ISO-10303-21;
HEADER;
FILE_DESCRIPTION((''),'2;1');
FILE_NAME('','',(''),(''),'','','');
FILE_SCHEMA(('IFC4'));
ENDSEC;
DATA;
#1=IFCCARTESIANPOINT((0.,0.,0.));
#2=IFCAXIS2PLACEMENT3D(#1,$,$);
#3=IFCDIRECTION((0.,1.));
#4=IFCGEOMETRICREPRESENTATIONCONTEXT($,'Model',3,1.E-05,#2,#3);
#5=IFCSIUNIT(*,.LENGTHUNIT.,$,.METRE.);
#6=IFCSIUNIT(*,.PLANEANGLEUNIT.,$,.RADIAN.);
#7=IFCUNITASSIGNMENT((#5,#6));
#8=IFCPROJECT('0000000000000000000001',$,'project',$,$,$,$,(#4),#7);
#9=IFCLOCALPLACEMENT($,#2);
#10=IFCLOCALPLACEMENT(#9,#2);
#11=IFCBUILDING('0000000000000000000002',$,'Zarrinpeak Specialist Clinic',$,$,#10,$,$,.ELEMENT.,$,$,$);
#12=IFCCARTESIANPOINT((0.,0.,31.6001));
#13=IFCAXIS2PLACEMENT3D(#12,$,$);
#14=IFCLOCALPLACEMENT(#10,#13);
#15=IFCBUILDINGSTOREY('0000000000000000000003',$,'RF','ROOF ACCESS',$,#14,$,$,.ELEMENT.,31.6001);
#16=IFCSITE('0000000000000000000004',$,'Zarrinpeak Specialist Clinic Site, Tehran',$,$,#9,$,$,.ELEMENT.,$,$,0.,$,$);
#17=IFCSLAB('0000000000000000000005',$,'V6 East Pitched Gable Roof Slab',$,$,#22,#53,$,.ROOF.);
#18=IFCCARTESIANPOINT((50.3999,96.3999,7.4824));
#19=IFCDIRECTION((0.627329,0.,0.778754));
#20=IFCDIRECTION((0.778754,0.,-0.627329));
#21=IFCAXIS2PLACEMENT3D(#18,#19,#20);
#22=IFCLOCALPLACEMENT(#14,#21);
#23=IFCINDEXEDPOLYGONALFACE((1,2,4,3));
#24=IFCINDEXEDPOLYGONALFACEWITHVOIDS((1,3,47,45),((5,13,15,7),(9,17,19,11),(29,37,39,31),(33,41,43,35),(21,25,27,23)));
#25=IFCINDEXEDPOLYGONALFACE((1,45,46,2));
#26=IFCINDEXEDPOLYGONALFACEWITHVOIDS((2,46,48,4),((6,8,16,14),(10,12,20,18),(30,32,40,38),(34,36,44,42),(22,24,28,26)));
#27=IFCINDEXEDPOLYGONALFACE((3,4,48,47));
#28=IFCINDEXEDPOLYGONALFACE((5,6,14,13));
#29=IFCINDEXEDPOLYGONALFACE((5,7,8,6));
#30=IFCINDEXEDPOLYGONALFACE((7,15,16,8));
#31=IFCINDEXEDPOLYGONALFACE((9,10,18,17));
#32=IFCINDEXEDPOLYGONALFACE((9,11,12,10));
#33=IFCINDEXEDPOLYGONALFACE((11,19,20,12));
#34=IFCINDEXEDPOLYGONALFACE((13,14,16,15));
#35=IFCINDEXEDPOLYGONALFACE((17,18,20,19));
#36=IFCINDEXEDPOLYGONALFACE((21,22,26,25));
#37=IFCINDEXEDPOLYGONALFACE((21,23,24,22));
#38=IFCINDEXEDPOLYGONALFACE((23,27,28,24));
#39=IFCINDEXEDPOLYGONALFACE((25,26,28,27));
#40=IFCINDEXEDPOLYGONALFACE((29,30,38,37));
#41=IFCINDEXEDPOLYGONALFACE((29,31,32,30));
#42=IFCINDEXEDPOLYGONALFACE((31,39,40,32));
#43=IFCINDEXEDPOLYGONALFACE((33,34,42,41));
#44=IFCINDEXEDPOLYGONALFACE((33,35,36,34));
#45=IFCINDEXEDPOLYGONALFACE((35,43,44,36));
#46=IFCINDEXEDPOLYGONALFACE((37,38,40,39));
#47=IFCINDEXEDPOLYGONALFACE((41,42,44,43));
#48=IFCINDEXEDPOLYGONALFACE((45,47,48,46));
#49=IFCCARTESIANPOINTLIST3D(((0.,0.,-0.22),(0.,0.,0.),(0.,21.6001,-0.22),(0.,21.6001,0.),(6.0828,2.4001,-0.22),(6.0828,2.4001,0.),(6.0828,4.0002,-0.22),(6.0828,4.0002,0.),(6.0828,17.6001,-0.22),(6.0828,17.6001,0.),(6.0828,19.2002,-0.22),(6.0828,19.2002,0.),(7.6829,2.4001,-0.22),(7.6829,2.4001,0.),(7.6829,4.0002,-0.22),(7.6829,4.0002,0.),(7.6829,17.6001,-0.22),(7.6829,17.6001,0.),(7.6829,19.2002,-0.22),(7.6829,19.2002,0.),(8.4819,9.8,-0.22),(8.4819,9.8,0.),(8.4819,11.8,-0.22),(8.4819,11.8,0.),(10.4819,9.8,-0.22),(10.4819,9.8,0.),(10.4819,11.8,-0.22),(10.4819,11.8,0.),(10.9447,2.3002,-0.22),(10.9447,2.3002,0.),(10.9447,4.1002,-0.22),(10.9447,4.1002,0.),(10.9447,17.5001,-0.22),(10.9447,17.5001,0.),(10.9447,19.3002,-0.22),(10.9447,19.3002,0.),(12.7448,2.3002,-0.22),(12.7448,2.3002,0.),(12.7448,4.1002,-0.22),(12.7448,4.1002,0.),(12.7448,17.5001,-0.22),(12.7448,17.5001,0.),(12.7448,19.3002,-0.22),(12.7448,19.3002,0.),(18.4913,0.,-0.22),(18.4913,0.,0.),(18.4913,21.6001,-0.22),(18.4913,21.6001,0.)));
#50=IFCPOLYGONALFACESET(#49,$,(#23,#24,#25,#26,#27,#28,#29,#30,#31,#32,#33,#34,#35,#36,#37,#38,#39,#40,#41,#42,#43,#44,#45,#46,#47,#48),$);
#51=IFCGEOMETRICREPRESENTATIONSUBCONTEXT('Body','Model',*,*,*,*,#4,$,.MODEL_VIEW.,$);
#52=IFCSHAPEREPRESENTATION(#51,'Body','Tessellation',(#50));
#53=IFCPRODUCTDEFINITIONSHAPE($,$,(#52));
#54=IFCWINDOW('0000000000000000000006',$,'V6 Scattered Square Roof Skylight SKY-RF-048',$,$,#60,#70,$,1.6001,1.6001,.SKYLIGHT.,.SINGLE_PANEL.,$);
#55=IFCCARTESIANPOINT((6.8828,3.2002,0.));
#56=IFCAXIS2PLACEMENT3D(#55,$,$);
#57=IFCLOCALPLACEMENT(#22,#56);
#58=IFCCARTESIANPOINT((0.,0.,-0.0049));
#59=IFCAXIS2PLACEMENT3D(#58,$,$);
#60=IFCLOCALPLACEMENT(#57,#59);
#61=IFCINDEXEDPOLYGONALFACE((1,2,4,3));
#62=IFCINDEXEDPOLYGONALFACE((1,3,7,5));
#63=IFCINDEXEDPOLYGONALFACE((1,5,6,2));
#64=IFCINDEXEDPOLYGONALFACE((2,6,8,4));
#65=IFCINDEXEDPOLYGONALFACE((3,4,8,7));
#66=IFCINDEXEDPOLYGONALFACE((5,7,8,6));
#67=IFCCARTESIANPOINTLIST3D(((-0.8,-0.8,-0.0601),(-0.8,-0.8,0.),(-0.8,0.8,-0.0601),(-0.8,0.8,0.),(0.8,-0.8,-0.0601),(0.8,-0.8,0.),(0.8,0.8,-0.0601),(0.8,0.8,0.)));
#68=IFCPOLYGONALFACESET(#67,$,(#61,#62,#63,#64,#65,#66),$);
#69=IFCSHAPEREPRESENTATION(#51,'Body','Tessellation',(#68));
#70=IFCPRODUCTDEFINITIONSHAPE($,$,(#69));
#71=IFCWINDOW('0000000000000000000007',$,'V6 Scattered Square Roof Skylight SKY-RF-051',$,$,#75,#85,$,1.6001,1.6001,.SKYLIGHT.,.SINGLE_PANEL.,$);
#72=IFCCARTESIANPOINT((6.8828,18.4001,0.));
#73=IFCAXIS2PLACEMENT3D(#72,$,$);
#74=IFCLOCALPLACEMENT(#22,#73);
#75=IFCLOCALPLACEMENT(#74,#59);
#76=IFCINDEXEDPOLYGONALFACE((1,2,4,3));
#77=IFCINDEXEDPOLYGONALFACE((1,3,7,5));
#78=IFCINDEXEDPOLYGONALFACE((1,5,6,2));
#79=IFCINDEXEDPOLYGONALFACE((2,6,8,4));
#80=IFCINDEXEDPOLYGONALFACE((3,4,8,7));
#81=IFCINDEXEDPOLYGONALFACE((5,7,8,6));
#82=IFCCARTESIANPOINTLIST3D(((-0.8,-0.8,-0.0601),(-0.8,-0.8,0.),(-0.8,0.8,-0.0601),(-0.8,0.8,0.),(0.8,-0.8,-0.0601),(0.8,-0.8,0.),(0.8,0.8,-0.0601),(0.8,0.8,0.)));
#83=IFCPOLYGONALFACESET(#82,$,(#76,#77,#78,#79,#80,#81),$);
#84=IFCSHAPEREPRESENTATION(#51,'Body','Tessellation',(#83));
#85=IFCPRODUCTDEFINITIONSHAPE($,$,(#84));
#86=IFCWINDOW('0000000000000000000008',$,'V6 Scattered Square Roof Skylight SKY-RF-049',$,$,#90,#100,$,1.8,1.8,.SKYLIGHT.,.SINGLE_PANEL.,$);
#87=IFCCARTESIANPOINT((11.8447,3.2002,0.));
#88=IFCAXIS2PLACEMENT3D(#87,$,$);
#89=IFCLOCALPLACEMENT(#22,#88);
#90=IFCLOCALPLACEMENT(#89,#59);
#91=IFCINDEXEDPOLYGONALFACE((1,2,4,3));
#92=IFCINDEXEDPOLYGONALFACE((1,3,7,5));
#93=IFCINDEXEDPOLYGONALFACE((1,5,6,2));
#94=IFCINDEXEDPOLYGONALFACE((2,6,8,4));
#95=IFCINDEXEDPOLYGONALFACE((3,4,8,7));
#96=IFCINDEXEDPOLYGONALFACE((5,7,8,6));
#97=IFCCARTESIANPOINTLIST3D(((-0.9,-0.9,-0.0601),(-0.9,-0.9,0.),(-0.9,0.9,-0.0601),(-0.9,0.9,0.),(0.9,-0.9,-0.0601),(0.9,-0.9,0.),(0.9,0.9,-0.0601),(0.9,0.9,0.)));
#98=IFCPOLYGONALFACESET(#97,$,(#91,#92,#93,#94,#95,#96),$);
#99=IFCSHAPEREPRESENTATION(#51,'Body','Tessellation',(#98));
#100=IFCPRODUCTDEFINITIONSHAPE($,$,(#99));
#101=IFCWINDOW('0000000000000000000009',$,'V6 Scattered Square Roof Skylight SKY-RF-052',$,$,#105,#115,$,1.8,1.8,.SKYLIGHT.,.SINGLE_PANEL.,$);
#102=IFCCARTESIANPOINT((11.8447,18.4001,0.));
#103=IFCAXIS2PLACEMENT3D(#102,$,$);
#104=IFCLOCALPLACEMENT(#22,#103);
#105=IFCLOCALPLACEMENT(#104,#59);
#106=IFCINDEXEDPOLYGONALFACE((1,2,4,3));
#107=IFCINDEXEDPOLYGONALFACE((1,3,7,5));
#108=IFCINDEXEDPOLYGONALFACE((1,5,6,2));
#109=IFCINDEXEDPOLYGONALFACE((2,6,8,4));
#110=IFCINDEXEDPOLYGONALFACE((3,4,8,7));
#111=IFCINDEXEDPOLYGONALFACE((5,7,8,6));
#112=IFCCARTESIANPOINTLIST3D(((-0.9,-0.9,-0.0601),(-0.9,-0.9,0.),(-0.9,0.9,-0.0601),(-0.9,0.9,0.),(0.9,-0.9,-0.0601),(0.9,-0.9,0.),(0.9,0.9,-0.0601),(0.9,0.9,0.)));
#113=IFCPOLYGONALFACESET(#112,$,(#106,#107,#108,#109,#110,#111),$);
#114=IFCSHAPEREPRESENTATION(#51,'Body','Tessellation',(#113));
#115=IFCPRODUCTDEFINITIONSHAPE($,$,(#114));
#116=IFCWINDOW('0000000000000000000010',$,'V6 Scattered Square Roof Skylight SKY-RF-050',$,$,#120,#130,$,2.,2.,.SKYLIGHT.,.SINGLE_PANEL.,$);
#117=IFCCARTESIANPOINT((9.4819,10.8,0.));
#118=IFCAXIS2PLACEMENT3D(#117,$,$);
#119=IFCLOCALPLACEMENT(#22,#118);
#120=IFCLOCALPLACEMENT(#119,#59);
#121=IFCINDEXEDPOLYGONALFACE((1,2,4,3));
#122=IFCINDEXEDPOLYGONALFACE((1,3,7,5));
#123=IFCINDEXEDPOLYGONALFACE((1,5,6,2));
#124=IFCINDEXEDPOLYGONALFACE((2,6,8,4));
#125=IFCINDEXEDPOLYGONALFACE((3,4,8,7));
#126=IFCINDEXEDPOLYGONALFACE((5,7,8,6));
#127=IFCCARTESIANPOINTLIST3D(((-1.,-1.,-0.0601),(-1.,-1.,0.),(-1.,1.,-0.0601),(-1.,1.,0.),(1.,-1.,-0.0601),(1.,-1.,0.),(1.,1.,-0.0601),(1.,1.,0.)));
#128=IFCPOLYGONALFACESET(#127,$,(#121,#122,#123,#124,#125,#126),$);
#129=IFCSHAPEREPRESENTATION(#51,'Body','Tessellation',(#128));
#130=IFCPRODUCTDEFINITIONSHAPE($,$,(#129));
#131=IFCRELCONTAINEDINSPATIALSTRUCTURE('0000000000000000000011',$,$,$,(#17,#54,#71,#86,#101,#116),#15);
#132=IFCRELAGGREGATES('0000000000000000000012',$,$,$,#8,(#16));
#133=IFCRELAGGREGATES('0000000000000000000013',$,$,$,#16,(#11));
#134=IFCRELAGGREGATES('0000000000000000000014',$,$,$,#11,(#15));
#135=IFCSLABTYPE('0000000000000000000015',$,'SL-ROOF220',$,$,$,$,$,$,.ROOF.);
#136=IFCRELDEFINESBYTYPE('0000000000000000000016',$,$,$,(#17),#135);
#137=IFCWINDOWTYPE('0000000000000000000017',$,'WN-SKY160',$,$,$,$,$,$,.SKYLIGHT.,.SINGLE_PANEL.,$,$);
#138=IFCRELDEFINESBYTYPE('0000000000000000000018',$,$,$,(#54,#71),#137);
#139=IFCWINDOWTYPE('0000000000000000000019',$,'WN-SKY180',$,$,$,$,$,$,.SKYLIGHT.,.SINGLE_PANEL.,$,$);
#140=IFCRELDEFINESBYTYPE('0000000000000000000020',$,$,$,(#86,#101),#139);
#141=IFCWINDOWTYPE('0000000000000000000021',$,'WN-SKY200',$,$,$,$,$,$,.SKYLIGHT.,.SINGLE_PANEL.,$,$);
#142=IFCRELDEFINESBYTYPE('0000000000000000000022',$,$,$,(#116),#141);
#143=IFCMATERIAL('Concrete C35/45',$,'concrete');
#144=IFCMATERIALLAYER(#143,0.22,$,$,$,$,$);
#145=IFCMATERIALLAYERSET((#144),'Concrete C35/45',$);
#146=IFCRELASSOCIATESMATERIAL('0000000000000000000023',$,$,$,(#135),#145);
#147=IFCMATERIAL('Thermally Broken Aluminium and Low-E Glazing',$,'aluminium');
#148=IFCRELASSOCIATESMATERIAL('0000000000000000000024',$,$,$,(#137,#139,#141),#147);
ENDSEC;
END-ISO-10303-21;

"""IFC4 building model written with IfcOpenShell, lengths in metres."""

from ifc_helpers import new_model, si_unit, direction, frame, origin, origin_2d, place, context, subcontext, project, spatial, polyline, rectangle, outline, extrude, material, layer, layer_set, type_object, element, fill, save


model = new_model("IFC4")

# Units and contexts
model_context = context("Model", 3, precision=1e-05, world=origin(), true_north=direction((0.0, 1.0)))
body_context = subcontext(model_context, "Body", "Model", "MODEL_VIEW")
ifc_project = project(units=[si_unit("LENGTHUNIT", "METRE"), si_unit("PLANEANGLEUNIT", "RADIAN")], contexts=[model_context])

# Site, building, storey
site_placement = place(None, origin())
site = spatial("IfcSite", under=ifc_project, at=site_placement, Name="Zarrinpeak Specialist Clinic Site, Tehran", CompositionType="ELEMENT", RefElevation=0.0)
building_placement = place(site_placement, origin())
building = spatial("IfcBuilding", under=site, at=building_placement, Name="Zarrinpeak Specialist Clinic", CompositionType="ELEMENT")
storey_placement = place(building_placement, frame((0.0, 0.0, 31.6001)))
storey = spatial("IfcBuildingStorey", under=building, at=storey_placement, Name="RF", Description="ROOF ACCESS", CompositionType="ELEMENT", Elevation=31.6001)

# Slab, openings, windows
ifc_material_1 = material(Name="Concrete C35/45", Category="concrete")
ifc_layer_1 = layer(ifc_material_1, 0.22)
ifc_layer_set_1 = layer_set([ifc_layer_1], Name="Concrete C35/45")
slab_type = type_object("IfcSlabType", Name="SL-ROOF220", PredefinedType="ROOF", material=ifc_layer_set_1)
slab_placement = place(storey_placement, frame((50.3999, 96.3999, 7.4824), z_axis=(0.627329, 0.0, 0.778754), x_axis=(0.778754, 0.0, -0.627329)))
slab = element("IfcSlab", 1, at=slab_placement, inside=storey, type_object=slab_type, Name="V6 East Pitched Gable Roof Slab", PredefinedType="ROOF", context=body_context, shape_type="SweptSolid", body=[
    extrude(outline(polyline([(0.0, 0.0), (18.4913, 0.0), (18.4913, 21.6001), (0.0, 21.6001), (0.0, 0.0)])), origin(), (0.0, 0.0, -1.0), 0.22),
])
opening_1_placement = place(slab_placement, frame((6.8828, 3.2002, 0.0)))
opening_1 = element("IfcOpeningElement", 2, at=opening_1_placement, cuts=slab, PredefinedType="OPENING", context=body_context, shape_type="SweptSolid", body=[
    extrude(rectangle(XDim=1.6001, YDim=1.6001, at=origin_2d()), frame((0.0, 0.0, 0.01), z_axis=(0.0, 0.0, 1.0), x_axis=(1.0, 0.0, 0.0)), (0.0, 0.0, -1.0), 0.24),
])
opening_2_placement = place(slab_placement, frame((11.8447, 3.2002, 0.0)))
opening_2 = element("IfcOpeningElement", 3, at=opening_2_placement, cuts=slab, PredefinedType="OPENING", context=body_context, shape_type="SweptSolid", body=[
    extrude(rectangle(XDim=1.8, YDim=1.8, at=origin_2d()), frame((0.0, 0.0, 0.01), z_axis=(0.0, 0.0, 1.0), x_axis=(1.0, 0.0, 0.0)), (0.0, 0.0, -1.0), 0.24),
])
opening_3_placement = place(slab_placement, frame((9.4819, 10.8, 0.0)))
opening_3 = element("IfcOpeningElement", 4, at=opening_3_placement, cuts=slab, PredefinedType="OPENING", context=body_context, shape_type="SweptSolid", body=[
    extrude(rectangle(XDim=2.0, YDim=2.0, at=origin_2d()), frame((0.0, 0.0, 0.01), z_axis=(0.0, 0.0, 1.0), x_axis=(1.0, 0.0, 0.0)), (0.0, 0.0, -1.0), 0.24),
])
opening_4_placement = place(slab_placement, frame((6.8828, 18.4001, 0.0)))
opening_4 = element("IfcOpeningElement", 5, at=opening_4_placement, cuts=slab, PredefinedType="OPENING", context=body_context, shape_type="SweptSolid", body=[
    extrude(rectangle(XDim=1.6001, YDim=1.6001, at=origin_2d()), frame((0.0, 0.0, 0.01), z_axis=(0.0, 0.0, 1.0), x_axis=(1.0, 0.0, 0.0)), (0.0, 0.0, -1.0), 0.24),
])
opening_5_placement = place(slab_placement, frame((11.8447, 18.4001, 0.0)))
opening_5 = element("IfcOpeningElement", 6, at=opening_5_placement, cuts=slab, PredefinedType="OPENING", context=body_context, shape_type="SweptSolid", body=[
    extrude(rectangle(XDim=1.8, YDim=1.8, at=origin_2d()), frame((0.0, 0.0, 0.01), z_axis=(0.0, 0.0, 1.0), x_axis=(1.0, 0.0, 0.0)), (0.0, 0.0, -1.0), 0.24),
])
ifc_material_2 = material(Name="Thermally Broken Aluminium and Low-E Glazing", Category="aluminium")
window_type_1 = type_object("IfcWindowType", Name="WN-SKY160", PartitioningType="SINGLE_PANEL", PredefinedType="SKYLIGHT", material=ifc_material_2)
window_1_placement = place(opening_1_placement, frame((0.0, 0.0, -0.0049)))
window_1 = element("IfcWindow", 7, at=window_1_placement, inside=storey, type_object=window_type_1, Name="V6 Scattered Square Roof Skylight SKY-RF-048", OverallHeight=1.6001, OverallWidth=1.6001, PartitioningType="SINGLE_PANEL", PredefinedType="SKYLIGHT", context=body_context, shape_type="SweptSolid", body=[
    extrude(rectangle(XDim=1.6001, YDim=1.6001, at=origin_2d()), origin(), (0.0, 0.0, -1.0), 0.0601),
])
fill(opening_1, window_1)
window_2_placement = place(opening_4_placement, frame((0.0, 0.0, -0.0049)))
window_2 = element("IfcWindow", 8, at=window_2_placement, inside=storey, type_object=window_type_1, Name="V6 Scattered Square Roof Skylight SKY-RF-051", OverallHeight=1.6001, OverallWidth=1.6001, PartitioningType="SINGLE_PANEL", PredefinedType="SKYLIGHT", context=body_context, shape_type="SweptSolid", body=[
    extrude(rectangle(XDim=1.6001, YDim=1.6001, at=origin_2d()), origin(), (0.0, 0.0, -1.0), 0.0601),
])
fill(opening_4, window_2)
window_type_2 = type_object("IfcWindowType", Name="WN-SKY180", PartitioningType="SINGLE_PANEL", PredefinedType="SKYLIGHT", material=ifc_material_2)
window_3_placement = place(opening_2_placement, frame((0.0, 0.0, -0.0049)))
window_3 = element("IfcWindow", 9, at=window_3_placement, inside=storey, type_object=window_type_2, Name="V6 Scattered Square Roof Skylight SKY-RF-049", OverallHeight=1.8, OverallWidth=1.8, PartitioningType="SINGLE_PANEL", PredefinedType="SKYLIGHT", context=body_context, shape_type="SweptSolid", body=[
    extrude(rectangle(XDim=1.8, YDim=1.8, at=origin_2d()), origin(), (0.0, 0.0, -1.0), 0.0601),
])
fill(opening_2, window_3)
window_4_placement = place(opening_5_placement, frame((0.0, 0.0, -0.0049)))
window_4 = element("IfcWindow", 10, at=window_4_placement, inside=storey, type_object=window_type_2, Name="V6 Scattered Square Roof Skylight SKY-RF-052", OverallHeight=1.8, OverallWidth=1.8, PartitioningType="SINGLE_PANEL", PredefinedType="SKYLIGHT", context=body_context, shape_type="SweptSolid", body=[
    extrude(rectangle(XDim=1.8, YDim=1.8, at=origin_2d()), origin(), (0.0, 0.0, -1.0), 0.0601),
])
fill(opening_5, window_4)
window_type_3 = type_object("IfcWindowType", Name="WN-SKY200", PartitioningType="SINGLE_PANEL", PredefinedType="SKYLIGHT", material=ifc_material_2)
window_5_placement = place(opening_3_placement, frame((0.0, 0.0, -0.0049)))
window_5 = element("IfcWindow", 11, at=window_5_placement, inside=storey, type_object=window_type_3, Name="V6 Scattered Square Roof Skylight SKY-RF-050", OverallHeight=2.0, OverallWidth=2.0, PartitioningType="SINGLE_PANEL", PredefinedType="SKYLIGHT", context=body_context, shape_type="SweptSolid", body=[
    extrude(rectangle(XDim=2.0, YDim=2.0, at=origin_2d()), origin(), (0.0, 0.0, -1.0), 0.0601),
])
fill(opening_3, window_5)

save(model, "model.ifc")
